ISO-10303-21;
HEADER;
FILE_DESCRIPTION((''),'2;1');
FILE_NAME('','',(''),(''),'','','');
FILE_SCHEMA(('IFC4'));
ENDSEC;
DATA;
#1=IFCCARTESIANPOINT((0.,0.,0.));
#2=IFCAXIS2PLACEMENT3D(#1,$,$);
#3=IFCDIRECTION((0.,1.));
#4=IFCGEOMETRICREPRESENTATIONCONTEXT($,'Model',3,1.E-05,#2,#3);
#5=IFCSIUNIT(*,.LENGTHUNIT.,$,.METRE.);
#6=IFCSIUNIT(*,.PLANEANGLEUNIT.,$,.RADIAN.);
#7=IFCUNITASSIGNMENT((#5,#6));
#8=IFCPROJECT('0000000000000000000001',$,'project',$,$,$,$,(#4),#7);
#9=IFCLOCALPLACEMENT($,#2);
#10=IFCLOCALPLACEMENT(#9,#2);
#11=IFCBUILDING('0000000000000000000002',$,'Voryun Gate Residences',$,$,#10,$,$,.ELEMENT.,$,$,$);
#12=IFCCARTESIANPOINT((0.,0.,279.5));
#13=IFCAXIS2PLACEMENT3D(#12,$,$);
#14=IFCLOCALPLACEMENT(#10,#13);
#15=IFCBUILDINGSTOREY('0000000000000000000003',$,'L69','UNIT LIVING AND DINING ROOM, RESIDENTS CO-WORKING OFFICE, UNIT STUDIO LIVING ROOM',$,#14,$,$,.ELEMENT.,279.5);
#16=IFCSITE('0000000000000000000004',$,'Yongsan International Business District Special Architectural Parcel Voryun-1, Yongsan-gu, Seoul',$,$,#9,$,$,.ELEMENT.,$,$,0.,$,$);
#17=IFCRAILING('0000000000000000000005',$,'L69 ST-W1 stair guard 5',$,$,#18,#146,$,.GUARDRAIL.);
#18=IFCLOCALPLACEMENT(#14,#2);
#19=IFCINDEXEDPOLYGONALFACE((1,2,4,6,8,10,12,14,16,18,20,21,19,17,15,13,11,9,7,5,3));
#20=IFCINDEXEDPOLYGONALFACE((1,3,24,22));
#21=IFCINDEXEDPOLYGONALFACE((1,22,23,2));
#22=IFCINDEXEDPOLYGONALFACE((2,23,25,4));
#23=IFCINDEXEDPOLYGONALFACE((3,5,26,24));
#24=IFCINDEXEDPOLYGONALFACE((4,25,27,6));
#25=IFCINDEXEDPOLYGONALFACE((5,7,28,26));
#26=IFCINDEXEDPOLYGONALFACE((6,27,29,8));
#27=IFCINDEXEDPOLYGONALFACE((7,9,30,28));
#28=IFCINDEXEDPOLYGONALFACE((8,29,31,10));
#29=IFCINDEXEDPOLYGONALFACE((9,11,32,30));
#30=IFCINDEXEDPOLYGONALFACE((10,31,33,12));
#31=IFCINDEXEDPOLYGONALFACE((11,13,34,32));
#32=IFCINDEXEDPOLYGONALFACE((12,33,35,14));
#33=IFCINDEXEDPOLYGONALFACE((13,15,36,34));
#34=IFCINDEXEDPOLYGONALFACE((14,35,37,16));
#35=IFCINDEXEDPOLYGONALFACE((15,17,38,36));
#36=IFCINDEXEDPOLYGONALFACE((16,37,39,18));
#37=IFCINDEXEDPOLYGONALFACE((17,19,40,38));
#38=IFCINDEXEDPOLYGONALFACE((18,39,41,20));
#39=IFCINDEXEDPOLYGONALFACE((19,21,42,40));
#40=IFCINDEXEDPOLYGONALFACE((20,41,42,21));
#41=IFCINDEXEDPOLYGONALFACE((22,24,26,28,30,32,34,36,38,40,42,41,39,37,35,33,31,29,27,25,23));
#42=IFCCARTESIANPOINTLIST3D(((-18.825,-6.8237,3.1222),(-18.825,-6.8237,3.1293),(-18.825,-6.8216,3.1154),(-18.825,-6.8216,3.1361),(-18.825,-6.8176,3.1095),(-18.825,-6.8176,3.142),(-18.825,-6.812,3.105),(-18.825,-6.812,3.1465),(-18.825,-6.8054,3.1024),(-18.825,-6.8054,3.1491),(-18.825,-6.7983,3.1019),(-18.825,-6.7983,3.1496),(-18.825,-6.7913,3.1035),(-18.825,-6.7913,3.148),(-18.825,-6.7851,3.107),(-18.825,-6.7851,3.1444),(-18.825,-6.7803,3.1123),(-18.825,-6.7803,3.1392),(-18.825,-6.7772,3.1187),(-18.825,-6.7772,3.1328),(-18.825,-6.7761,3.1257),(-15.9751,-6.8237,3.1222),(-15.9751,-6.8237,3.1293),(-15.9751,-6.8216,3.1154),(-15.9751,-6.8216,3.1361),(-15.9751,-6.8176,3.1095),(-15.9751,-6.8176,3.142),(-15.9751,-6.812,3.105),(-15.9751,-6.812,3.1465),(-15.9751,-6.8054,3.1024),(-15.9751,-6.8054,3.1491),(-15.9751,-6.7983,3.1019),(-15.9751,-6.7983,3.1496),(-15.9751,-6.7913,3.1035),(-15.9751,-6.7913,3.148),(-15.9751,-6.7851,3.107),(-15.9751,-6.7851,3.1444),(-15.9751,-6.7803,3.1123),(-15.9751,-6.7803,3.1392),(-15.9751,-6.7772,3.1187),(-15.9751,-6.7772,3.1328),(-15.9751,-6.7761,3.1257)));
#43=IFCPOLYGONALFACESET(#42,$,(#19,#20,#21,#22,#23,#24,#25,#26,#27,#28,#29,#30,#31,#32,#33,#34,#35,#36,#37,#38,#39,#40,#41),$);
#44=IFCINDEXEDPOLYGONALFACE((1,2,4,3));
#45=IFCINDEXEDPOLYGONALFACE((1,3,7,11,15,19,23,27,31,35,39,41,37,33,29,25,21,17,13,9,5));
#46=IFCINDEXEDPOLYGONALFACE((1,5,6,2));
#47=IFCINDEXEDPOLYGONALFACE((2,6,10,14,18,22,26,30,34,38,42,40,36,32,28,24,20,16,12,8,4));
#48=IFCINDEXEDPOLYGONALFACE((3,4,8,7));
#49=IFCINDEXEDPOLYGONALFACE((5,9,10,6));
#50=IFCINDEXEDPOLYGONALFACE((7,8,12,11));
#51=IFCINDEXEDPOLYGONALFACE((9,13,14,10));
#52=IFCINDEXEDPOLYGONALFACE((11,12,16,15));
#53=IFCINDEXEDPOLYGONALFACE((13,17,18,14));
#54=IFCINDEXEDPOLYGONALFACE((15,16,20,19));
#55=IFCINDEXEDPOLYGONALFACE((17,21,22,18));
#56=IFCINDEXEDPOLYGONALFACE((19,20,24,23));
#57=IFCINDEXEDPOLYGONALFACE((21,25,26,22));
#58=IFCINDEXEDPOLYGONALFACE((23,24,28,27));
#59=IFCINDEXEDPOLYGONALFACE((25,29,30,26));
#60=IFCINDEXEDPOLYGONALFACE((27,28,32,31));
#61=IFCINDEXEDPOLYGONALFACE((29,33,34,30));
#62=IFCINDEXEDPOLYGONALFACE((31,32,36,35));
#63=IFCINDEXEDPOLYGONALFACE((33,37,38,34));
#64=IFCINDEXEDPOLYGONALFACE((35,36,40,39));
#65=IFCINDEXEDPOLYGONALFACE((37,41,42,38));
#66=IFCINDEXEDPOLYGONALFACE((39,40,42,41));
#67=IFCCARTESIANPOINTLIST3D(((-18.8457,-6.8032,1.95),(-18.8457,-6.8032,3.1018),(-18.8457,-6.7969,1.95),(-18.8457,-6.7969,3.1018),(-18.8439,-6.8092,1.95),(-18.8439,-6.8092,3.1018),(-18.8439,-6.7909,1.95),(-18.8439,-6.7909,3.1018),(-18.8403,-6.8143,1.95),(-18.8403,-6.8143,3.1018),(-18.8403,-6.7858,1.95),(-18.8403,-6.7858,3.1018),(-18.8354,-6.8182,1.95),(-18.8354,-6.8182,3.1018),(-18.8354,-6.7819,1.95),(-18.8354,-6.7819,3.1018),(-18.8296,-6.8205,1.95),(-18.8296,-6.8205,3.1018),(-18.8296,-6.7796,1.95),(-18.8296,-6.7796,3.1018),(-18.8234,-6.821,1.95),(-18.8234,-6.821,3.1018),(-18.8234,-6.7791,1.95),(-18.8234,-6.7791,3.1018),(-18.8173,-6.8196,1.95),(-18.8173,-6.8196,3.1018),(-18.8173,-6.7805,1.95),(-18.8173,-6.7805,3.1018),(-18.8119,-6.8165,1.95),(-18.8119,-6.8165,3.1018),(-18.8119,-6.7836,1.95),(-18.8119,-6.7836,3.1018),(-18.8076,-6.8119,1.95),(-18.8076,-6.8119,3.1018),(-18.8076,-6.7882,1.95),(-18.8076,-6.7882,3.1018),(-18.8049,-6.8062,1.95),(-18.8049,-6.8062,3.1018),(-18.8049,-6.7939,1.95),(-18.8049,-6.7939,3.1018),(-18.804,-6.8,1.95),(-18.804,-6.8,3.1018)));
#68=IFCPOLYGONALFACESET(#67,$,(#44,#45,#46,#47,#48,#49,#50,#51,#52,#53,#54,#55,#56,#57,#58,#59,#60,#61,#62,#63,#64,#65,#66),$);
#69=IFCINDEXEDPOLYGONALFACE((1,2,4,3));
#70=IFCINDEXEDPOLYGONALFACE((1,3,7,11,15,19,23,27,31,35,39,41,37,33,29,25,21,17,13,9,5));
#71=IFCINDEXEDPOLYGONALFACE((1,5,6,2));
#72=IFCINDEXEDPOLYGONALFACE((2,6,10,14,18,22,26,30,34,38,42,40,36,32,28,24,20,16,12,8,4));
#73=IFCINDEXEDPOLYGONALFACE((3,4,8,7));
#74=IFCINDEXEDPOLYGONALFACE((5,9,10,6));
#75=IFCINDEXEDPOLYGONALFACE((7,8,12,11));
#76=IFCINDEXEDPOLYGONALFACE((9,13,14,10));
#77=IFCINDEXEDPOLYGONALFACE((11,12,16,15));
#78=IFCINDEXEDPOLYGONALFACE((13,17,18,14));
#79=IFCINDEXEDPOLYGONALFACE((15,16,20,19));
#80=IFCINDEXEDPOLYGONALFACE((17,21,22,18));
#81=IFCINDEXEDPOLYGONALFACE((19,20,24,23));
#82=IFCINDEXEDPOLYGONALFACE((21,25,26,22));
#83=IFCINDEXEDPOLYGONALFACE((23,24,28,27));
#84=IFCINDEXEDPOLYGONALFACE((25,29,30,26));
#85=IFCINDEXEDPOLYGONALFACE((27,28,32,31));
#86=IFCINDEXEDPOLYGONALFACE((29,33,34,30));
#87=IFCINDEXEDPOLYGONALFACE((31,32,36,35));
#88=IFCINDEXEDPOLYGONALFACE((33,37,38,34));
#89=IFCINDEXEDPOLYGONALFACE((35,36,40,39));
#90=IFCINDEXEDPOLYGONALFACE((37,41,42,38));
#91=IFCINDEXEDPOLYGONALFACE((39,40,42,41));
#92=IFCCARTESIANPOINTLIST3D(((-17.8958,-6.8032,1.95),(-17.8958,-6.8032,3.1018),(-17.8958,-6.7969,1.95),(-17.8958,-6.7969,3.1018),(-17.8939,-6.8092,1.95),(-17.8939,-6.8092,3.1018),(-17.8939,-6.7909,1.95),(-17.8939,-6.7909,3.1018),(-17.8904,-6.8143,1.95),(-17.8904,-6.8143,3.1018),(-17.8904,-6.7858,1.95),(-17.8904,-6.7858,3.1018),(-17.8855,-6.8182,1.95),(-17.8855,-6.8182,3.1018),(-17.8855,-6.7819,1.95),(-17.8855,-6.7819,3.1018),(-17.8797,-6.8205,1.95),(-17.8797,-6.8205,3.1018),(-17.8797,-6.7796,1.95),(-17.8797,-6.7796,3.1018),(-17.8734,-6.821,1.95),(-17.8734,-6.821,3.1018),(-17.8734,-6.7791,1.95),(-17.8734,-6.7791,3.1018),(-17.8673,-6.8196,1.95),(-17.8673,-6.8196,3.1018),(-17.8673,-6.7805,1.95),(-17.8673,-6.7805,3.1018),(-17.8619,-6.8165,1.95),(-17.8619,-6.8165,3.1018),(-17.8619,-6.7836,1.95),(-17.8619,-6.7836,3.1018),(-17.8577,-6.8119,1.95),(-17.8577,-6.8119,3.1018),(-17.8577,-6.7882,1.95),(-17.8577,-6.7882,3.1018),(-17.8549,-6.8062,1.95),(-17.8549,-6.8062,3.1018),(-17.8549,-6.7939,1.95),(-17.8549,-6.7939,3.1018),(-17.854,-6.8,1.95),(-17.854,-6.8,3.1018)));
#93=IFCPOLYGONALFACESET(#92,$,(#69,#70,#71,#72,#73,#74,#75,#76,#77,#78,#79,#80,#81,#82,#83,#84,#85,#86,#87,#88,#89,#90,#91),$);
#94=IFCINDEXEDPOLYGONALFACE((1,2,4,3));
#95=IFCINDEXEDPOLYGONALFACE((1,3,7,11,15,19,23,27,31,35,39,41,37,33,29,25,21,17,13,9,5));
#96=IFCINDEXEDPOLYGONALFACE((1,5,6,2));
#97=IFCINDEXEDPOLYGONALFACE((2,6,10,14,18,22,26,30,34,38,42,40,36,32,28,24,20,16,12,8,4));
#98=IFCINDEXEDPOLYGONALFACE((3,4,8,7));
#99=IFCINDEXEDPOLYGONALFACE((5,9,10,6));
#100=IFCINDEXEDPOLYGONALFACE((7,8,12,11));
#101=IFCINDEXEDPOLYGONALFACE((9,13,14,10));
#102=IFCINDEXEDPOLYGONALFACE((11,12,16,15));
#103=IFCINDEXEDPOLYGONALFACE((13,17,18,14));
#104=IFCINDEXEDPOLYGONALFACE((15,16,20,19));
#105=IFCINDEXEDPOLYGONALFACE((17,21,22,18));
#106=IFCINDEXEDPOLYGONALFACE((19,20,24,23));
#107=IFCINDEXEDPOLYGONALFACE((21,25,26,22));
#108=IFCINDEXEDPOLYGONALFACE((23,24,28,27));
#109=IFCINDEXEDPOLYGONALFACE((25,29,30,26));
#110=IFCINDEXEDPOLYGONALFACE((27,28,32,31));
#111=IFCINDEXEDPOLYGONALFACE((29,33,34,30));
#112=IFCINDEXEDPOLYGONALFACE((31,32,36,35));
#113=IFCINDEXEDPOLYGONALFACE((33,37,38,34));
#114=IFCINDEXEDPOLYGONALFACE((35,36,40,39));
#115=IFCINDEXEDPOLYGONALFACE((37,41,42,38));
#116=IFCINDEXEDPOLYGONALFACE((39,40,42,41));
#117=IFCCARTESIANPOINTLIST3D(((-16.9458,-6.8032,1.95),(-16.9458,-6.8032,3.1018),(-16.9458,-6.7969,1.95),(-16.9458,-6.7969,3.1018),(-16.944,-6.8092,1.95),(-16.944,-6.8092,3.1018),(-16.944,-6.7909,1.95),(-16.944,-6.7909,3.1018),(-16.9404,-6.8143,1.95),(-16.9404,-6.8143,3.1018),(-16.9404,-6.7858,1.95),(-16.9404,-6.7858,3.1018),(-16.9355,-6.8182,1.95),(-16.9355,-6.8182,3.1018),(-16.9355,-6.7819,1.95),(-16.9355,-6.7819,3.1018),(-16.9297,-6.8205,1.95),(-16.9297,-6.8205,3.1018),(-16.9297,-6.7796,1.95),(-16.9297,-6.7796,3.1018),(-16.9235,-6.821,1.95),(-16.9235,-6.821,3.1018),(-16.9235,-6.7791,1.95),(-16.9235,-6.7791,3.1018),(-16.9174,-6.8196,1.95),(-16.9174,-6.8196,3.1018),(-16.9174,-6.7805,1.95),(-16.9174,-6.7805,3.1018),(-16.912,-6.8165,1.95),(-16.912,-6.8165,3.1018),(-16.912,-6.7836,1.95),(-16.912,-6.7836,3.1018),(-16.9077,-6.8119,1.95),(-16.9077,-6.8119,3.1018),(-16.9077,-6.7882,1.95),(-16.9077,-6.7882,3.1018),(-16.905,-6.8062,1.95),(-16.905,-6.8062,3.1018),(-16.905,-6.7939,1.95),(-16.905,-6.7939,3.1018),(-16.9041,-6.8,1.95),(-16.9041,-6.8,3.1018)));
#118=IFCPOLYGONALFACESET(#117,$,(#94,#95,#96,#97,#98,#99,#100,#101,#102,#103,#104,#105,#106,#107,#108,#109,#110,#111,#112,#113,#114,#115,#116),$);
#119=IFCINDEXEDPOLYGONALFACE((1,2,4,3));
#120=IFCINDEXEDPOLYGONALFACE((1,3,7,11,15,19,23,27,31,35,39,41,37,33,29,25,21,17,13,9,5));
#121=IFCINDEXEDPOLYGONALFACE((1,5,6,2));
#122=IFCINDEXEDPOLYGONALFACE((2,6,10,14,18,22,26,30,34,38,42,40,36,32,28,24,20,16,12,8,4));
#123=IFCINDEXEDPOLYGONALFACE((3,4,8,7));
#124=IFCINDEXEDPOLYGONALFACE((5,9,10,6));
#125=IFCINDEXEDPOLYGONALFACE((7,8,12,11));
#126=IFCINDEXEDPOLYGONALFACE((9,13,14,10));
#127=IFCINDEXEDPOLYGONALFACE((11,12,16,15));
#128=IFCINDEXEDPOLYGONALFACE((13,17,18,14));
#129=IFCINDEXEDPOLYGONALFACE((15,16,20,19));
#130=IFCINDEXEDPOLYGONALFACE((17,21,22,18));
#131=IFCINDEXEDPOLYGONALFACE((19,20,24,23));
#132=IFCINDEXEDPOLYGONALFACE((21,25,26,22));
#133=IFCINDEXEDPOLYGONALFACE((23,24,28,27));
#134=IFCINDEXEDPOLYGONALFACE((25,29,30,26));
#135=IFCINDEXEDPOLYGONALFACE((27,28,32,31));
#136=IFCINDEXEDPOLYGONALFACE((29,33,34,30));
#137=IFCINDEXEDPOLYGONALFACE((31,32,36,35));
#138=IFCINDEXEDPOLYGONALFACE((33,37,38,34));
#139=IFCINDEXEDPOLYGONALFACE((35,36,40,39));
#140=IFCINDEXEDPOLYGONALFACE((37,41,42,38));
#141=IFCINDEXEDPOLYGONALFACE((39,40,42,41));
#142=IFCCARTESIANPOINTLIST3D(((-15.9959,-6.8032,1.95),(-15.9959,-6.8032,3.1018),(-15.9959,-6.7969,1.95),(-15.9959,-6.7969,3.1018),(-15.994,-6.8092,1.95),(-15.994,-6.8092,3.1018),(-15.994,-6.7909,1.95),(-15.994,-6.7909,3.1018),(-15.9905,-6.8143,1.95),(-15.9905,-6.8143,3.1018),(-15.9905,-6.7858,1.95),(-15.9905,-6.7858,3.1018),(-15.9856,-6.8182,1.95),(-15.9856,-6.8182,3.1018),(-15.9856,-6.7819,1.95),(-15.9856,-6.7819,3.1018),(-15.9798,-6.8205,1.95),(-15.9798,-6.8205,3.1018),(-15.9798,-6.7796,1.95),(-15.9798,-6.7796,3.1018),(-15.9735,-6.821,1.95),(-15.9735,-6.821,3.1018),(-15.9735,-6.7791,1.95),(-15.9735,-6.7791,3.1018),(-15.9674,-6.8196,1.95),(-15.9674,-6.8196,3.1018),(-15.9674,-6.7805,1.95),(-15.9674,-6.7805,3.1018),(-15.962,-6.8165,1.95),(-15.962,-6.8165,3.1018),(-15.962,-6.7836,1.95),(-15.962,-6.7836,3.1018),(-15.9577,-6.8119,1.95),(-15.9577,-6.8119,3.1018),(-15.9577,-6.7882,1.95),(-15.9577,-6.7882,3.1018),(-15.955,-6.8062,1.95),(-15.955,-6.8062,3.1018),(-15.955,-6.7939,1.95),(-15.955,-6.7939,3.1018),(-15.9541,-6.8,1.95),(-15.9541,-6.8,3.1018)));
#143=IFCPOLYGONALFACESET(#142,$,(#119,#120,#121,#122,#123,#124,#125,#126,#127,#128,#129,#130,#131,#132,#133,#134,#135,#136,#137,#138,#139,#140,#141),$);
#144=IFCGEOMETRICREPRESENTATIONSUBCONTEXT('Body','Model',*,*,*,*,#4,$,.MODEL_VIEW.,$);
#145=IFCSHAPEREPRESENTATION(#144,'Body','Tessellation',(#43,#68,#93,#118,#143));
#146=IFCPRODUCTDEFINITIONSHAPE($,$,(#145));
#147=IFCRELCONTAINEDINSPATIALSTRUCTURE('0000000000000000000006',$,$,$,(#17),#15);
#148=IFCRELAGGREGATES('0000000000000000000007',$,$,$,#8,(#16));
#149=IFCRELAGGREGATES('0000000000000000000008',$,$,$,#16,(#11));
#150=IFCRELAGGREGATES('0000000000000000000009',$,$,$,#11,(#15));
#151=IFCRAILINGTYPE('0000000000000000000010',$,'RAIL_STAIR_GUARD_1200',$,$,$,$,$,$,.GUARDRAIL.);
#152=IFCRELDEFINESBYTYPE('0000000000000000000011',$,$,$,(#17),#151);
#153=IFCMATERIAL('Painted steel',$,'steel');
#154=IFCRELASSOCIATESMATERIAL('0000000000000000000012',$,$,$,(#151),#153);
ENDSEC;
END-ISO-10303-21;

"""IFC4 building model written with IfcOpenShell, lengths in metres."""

from ifc_helpers import new_model, si_unit, direction, frame, origin, origin_2d, place, context, subcontext, project, spatial, circle, extrude, material, type_object, element, save


model = new_model("IFC4")

# Units and contexts
model_context = context("Model", 3, precision=1e-05, world=origin(), true_north=direction((0.0, 1.0)))
body_context = subcontext(model_context, "Body", "Model", "MODEL_VIEW")
ifc_project = project(units=[si_unit("LENGTHUNIT", "METRE"), si_unit("PLANEANGLEUNIT", "RADIAN")], contexts=[model_context])

# Site, building, storey
site_placement = place(None, origin())
site = spatial("IfcSite", under=ifc_project, at=site_placement, Name="Yongsan International Business District Special Architectural Parcel Voryun-1, Yongsan-gu, Seoul", CompositionType="ELEMENT", RefElevation=0.0)
building_placement = place(site_placement, origin())
building = spatial("IfcBuilding", under=site, at=building_placement, Name="Voryun Gate Residences", CompositionType="ELEMENT")
storey_placement = place(building_placement, frame((0.0, 0.0, 279.5)))
storey = spatial("IfcBuildingStorey", under=building, at=storey_placement, Name="L69", Description="UNIT LIVING AND DINING ROOM, RESIDENTS CO-WORKING OFFICE, UNIT STUDIO LIVING ROOM", CompositionType="ELEMENT", Elevation=279.5)

# Railing
ifc_material_1 = material(Name="Painted steel", Category="steel")
railing_type_1 = type_object("IfcRailingType", Name="RAIL_STAIR_GUARD_1200", PredefinedType="GUARDRAIL", material=ifc_material_1)
railing_1_placement = place(storey_placement, frame((-18.825, -6.8, 1.95)))
element("IfcRailing", 1, at=railing_1_placement, inside=storey, type_object=railing_type_1, Name="L69 ST-W1 stair guard 5", PredefinedType="GUARDRAIL", context=body_context, shape_type="SweptSolid", body=[
    extrude(circle(Radius=0.0239, at=origin_2d()), frame((0.0, 0.0, 1.1758), z_axis=(1.0, 0.0, 0.0), x_axis=(0.0, 1.0, 0.0)), (0.0, 0.0, 1.0), 2.8499),
    extrude(circle(Radius=0.021, at=origin_2d()), origin(), (0.0, 0.0, 1.0), 1.1519),
    extrude(circle(Radius=0.021, at=origin_2d()), frame((0.95, 0.0, 0.0)), (0.0, 0.0, 1.0), 1.1519),
    extrude(circle(Radius=0.021, at=origin_2d()), frame((1.8999, 0.0, 0.0)), (0.0, 0.0, 1.0), 1.1519),
    extrude(circle(Radius=0.021, at=origin_2d()), frame((2.8499, 0.0, 0.0)), (0.0, 0.0, 1.0), 1.1519),
])

save(model, "model.ifc")
